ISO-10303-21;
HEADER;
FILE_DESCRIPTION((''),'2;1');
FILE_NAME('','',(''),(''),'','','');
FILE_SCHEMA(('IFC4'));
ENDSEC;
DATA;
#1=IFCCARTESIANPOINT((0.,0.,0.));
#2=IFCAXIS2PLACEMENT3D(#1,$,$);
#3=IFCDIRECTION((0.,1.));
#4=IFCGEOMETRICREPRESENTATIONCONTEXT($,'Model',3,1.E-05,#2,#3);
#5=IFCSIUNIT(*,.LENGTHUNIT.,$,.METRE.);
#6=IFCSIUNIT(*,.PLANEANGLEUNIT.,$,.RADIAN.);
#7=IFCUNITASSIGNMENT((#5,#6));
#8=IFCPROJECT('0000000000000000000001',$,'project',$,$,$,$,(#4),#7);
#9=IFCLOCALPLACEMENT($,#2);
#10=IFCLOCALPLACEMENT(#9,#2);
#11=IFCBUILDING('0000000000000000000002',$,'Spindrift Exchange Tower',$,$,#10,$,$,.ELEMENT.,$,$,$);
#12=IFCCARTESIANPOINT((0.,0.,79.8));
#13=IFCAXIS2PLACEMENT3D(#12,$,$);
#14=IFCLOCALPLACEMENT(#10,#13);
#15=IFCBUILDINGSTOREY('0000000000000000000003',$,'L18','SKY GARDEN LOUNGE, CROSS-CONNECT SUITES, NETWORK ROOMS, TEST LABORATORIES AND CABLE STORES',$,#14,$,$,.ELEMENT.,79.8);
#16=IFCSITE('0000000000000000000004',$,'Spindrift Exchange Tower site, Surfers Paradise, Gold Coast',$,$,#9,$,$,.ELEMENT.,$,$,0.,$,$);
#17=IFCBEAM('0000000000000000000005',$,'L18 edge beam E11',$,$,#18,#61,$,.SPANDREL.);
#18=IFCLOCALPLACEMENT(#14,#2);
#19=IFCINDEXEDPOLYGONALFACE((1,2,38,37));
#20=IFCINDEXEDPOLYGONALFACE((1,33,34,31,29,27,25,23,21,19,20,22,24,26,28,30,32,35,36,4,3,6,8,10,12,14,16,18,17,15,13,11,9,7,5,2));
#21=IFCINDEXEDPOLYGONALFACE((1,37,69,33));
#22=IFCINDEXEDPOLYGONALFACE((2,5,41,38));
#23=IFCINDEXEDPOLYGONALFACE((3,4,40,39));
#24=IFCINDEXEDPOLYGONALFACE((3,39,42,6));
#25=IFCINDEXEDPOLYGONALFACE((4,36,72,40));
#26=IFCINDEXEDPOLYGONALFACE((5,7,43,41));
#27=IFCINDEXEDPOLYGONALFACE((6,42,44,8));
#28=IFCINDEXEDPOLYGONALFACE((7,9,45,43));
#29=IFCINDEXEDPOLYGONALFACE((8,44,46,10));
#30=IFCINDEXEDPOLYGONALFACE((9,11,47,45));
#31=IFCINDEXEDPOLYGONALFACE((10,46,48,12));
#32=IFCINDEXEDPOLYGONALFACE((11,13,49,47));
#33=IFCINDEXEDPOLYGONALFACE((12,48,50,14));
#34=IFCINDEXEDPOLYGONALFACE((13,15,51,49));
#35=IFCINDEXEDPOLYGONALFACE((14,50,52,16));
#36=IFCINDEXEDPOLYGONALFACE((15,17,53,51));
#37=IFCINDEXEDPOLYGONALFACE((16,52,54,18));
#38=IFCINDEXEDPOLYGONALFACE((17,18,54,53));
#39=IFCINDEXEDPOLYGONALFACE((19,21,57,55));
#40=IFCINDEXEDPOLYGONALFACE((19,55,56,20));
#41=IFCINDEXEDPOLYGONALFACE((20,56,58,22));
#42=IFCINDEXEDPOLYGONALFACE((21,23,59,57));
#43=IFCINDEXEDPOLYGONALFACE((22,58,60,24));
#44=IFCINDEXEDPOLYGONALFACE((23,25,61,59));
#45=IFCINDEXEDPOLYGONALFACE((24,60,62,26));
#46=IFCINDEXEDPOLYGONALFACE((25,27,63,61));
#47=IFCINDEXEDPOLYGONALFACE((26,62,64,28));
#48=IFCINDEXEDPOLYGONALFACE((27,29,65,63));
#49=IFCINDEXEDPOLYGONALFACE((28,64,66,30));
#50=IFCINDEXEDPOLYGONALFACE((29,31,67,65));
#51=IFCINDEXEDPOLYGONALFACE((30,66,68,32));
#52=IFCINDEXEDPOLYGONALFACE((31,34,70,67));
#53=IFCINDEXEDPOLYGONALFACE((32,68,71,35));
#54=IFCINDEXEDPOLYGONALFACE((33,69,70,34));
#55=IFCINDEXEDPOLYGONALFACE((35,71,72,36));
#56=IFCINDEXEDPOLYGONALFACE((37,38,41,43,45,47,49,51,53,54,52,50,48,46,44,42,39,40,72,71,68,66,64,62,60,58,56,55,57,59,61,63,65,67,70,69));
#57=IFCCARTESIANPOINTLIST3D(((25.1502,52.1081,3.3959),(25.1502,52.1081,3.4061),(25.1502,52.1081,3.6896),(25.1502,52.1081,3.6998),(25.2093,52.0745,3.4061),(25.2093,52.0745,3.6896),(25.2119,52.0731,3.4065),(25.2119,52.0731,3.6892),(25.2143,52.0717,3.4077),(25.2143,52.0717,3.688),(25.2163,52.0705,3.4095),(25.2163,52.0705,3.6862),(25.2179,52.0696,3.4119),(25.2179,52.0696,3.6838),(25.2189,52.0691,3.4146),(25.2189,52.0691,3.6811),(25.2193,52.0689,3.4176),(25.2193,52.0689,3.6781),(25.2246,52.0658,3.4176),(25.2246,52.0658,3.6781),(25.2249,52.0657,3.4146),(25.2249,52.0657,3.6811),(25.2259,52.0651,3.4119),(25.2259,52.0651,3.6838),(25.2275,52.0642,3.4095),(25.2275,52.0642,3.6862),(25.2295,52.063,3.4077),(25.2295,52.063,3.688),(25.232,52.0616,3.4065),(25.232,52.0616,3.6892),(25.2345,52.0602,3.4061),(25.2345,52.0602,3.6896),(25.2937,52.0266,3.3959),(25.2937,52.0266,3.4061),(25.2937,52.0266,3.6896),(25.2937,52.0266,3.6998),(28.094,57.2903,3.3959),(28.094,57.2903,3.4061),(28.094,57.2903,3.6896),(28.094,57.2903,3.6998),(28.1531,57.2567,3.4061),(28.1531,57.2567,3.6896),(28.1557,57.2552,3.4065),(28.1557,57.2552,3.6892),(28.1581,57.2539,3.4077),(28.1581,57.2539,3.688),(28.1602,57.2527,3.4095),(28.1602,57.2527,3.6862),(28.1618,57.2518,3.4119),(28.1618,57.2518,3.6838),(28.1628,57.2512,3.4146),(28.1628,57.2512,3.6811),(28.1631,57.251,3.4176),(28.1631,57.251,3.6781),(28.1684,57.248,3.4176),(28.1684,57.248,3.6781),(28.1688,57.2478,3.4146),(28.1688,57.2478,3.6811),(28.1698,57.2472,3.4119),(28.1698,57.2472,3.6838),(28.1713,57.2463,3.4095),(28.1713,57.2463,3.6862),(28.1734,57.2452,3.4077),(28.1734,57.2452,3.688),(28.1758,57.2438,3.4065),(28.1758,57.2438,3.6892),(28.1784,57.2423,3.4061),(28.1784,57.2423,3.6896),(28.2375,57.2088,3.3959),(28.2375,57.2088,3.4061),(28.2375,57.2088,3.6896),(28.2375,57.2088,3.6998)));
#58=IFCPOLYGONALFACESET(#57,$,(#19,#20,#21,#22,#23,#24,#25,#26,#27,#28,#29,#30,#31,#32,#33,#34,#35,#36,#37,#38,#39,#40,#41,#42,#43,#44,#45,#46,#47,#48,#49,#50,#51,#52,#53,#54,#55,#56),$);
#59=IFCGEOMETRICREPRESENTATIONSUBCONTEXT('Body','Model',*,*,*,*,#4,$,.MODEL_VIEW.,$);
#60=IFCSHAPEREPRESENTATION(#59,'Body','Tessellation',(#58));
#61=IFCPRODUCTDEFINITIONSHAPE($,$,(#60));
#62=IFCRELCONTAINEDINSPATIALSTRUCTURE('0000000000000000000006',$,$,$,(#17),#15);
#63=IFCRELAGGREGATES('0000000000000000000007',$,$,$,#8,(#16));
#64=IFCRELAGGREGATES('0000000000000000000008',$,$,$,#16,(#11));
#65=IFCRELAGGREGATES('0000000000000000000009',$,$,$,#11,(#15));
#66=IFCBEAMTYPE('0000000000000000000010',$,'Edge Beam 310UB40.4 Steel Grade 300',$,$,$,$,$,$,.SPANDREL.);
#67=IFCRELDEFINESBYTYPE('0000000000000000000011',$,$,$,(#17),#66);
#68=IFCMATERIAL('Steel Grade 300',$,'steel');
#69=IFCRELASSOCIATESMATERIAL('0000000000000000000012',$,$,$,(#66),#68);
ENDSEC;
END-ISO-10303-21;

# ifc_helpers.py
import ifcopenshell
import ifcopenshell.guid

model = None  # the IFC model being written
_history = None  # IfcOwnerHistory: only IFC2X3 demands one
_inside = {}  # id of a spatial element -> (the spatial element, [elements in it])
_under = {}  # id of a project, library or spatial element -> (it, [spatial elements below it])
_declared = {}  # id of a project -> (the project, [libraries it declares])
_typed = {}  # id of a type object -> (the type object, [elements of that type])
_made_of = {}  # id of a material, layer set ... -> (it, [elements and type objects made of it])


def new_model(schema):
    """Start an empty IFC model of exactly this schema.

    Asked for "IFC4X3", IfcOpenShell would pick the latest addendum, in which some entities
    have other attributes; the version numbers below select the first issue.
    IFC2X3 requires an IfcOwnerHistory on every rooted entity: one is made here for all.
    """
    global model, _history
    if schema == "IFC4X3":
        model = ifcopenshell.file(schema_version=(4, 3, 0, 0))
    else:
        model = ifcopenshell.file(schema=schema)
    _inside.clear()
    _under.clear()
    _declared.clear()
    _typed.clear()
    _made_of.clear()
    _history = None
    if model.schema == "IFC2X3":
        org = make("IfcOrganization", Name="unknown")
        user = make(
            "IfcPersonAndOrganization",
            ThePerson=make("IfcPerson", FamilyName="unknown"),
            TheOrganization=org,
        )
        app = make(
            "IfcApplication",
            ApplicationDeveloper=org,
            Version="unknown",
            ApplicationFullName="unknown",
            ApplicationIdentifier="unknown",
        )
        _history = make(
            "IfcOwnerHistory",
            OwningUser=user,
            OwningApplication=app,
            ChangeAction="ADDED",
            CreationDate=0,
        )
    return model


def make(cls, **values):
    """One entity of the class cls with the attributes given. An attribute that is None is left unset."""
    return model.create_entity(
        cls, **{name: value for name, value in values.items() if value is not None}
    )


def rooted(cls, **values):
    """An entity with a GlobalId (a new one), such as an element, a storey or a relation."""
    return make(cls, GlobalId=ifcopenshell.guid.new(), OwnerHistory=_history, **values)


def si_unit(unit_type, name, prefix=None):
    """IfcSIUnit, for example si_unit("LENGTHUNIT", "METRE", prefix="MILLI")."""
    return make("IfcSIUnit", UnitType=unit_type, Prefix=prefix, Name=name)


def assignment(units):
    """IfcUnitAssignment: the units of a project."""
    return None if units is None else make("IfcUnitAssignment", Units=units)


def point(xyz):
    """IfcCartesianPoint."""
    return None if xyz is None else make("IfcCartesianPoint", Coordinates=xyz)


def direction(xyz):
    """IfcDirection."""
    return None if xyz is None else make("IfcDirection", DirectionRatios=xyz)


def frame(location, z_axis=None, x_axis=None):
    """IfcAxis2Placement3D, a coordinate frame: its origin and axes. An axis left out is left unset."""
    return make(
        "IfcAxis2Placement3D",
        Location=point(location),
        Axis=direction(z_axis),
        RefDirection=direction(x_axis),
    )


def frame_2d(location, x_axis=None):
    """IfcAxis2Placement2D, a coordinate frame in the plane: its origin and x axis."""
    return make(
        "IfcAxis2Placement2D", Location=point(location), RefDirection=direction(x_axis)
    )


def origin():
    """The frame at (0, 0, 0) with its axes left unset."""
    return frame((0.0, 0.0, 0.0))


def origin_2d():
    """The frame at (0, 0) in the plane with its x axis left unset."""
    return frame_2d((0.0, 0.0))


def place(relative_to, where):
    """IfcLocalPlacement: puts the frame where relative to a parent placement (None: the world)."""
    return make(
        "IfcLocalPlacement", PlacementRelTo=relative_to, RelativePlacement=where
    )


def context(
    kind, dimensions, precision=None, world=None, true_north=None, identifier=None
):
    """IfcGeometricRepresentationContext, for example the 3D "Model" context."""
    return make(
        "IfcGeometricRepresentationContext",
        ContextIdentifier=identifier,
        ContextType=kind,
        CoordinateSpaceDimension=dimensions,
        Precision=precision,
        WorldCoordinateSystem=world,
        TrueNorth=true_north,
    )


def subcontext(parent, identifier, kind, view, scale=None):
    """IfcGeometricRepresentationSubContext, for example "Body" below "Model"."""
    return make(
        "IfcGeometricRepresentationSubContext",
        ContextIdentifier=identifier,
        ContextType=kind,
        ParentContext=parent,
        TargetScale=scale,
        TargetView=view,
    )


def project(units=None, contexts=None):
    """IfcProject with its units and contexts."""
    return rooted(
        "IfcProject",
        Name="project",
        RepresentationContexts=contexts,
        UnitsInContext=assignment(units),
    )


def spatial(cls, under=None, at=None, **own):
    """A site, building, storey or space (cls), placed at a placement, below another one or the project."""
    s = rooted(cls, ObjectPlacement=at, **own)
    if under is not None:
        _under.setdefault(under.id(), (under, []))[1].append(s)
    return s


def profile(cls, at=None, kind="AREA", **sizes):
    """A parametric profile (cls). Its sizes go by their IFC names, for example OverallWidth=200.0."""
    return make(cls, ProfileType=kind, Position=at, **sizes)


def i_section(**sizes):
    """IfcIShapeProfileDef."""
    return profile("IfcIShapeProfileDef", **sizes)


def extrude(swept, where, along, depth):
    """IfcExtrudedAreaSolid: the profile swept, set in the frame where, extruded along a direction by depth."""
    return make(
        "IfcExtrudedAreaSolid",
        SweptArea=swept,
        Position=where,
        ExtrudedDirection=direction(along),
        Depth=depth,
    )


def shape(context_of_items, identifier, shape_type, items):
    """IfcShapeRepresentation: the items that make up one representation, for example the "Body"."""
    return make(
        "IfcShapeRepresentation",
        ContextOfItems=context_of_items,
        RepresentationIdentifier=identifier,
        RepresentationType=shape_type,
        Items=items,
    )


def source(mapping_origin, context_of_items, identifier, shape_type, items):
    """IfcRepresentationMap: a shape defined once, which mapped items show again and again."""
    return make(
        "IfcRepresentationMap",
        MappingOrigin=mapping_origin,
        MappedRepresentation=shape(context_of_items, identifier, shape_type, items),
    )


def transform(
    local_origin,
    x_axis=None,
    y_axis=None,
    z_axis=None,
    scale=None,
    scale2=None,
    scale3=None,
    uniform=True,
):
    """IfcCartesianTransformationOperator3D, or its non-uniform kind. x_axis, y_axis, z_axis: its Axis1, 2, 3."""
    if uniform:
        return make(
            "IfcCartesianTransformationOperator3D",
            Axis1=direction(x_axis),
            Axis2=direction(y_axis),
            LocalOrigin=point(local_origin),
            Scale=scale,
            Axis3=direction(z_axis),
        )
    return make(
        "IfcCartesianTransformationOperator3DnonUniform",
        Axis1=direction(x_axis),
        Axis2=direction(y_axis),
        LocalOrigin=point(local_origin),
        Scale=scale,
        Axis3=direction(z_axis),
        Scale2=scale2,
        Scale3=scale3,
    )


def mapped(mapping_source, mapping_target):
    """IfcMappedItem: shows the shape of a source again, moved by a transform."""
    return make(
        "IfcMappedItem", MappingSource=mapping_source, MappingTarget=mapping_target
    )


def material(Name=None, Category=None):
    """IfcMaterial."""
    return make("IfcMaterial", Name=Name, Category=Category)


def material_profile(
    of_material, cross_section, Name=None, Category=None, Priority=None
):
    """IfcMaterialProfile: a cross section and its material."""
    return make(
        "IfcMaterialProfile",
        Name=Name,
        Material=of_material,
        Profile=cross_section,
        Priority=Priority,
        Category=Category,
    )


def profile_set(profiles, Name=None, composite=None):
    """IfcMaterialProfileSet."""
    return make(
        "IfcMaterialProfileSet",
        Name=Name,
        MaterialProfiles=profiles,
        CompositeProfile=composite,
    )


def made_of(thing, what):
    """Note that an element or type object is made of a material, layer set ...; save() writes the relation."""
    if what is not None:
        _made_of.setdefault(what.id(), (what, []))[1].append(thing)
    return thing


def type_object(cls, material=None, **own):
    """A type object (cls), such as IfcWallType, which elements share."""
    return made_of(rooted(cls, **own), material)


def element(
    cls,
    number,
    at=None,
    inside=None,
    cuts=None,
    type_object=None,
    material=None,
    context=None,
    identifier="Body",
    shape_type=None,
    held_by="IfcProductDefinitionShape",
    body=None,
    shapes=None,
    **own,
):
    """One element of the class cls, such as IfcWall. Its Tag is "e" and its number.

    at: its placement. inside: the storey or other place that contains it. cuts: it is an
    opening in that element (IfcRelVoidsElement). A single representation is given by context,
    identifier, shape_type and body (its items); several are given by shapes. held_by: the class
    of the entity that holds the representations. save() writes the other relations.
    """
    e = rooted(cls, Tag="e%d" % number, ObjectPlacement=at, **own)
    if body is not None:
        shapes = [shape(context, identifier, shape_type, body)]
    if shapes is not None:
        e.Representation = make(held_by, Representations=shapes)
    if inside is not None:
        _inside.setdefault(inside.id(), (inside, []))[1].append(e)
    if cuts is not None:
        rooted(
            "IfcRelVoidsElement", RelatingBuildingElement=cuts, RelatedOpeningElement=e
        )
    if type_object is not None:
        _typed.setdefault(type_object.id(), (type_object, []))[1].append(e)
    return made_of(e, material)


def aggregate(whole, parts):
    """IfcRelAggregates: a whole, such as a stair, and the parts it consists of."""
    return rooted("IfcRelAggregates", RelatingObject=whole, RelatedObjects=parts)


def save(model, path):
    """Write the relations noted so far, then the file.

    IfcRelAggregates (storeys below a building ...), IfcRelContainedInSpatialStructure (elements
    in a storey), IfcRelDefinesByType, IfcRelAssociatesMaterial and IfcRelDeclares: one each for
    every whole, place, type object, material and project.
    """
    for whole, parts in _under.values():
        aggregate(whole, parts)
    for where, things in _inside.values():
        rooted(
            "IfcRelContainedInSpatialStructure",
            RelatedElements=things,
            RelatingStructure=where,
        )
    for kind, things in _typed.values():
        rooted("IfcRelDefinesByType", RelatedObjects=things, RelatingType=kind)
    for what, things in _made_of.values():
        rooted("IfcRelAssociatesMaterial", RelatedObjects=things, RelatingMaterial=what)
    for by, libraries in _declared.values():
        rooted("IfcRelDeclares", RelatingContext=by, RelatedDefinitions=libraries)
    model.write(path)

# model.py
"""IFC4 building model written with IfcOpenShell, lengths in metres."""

from ifc_helpers import new_model, si_unit, direction, frame, origin, origin_2d, place, context, subcontext, project, spatial, i_section, extrude, source, transform, mapped, material, material_profile, profile_set, type_object, element, save


model = new_model("IFC4")

# Units and contexts
model_context = context("Model", 3, precision=1e-05, world=origin(), true_north=direction((0.0, 1.0)))
body_context = subcontext(model_context, "Body", "Model", "MODEL_VIEW")
ifc_project = project(units=[si_unit("LENGTHUNIT", "METRE"), si_unit("PLANEANGLEUNIT", "RADIAN")], contexts=[model_context])

# Site, building, storey
site_placement = place(None, origin())
site = spatial("IfcSite", under=ifc_project, at=site_placement, Name="Spindrift Exchange Tower site, Surfers Paradise, Gold Coast", CompositionType="ELEMENT", RefElevation=0.0)
building_placement = place(site_placement, origin())
building = spatial("IfcBuilding", under=site, at=building_placement, Name="Spindrift Exchange Tower", CompositionType="ELEMENT")
storey_placement = place(building_placement, frame((0.0, 0.0, 79.8)))
storey = spatial("IfcBuildingStorey", under=building, at=storey_placement, Name="L18", Description="SKY GARDEN LOUNGE, CROSS-CONNECT SUITES, NETWORK ROOMS, TEST LABORATORIES AND CABLE STORES", CompositionType="ELEMENT", Elevation=79.8)

# Beam
ifc_material_1 = material(Name="Steel Grade 300", Category="steel")
ifc_material_profile_1 = material_profile(ifc_material_1, i_section(OverallWidth=0.165, OverallDepth=0.304, WebThickness=0.0061, FlangeThickness=0.0103, FilletRadius=0.0115, at=origin_2d()), Name="310UB40.4")
ifc_profile_set_1 = profile_set([ifc_material_profile_1], Name="Steel Grade 300")
beam_type_1 = type_object("IfcBeamType", Name="Edge Beam 310UB40.4 Steel Grade 300", PredefinedType="SPANDREL", material=ifc_profile_set_1)
shared_shape_1 = source(origin(), body_context, "Body", "SweptSolid", [
    extrude(i_section(OverallWidth=0.165, OverallDepth=0.304, WebThickness=0.0061, FlangeThickness=0.0103, FilletRadius=0.0115, at=origin_2d()), origin(), (0.0, 0.0, 1.0), 5.96),
])
beam_1_placement = place(storey_placement, frame((28.1658, 57.2495, 3.5479), z_axis=(-0.49394, -0.869496, 0.0), x_axis=(0.869496, -0.49394, 0.0)))
element("IfcBeam", 1, at=beam_1_placement, inside=storey, type_object=beam_type_1, Name="L18 edge beam E11", PredefinedType="SPANDREL", context=body_context, shape_type="MappedRepresentation", body=[
    mapped(shared_shape_1, transform((0.0, 0.0, 0.0), scale=1.0)),
])

save(model, "model.ifc")
